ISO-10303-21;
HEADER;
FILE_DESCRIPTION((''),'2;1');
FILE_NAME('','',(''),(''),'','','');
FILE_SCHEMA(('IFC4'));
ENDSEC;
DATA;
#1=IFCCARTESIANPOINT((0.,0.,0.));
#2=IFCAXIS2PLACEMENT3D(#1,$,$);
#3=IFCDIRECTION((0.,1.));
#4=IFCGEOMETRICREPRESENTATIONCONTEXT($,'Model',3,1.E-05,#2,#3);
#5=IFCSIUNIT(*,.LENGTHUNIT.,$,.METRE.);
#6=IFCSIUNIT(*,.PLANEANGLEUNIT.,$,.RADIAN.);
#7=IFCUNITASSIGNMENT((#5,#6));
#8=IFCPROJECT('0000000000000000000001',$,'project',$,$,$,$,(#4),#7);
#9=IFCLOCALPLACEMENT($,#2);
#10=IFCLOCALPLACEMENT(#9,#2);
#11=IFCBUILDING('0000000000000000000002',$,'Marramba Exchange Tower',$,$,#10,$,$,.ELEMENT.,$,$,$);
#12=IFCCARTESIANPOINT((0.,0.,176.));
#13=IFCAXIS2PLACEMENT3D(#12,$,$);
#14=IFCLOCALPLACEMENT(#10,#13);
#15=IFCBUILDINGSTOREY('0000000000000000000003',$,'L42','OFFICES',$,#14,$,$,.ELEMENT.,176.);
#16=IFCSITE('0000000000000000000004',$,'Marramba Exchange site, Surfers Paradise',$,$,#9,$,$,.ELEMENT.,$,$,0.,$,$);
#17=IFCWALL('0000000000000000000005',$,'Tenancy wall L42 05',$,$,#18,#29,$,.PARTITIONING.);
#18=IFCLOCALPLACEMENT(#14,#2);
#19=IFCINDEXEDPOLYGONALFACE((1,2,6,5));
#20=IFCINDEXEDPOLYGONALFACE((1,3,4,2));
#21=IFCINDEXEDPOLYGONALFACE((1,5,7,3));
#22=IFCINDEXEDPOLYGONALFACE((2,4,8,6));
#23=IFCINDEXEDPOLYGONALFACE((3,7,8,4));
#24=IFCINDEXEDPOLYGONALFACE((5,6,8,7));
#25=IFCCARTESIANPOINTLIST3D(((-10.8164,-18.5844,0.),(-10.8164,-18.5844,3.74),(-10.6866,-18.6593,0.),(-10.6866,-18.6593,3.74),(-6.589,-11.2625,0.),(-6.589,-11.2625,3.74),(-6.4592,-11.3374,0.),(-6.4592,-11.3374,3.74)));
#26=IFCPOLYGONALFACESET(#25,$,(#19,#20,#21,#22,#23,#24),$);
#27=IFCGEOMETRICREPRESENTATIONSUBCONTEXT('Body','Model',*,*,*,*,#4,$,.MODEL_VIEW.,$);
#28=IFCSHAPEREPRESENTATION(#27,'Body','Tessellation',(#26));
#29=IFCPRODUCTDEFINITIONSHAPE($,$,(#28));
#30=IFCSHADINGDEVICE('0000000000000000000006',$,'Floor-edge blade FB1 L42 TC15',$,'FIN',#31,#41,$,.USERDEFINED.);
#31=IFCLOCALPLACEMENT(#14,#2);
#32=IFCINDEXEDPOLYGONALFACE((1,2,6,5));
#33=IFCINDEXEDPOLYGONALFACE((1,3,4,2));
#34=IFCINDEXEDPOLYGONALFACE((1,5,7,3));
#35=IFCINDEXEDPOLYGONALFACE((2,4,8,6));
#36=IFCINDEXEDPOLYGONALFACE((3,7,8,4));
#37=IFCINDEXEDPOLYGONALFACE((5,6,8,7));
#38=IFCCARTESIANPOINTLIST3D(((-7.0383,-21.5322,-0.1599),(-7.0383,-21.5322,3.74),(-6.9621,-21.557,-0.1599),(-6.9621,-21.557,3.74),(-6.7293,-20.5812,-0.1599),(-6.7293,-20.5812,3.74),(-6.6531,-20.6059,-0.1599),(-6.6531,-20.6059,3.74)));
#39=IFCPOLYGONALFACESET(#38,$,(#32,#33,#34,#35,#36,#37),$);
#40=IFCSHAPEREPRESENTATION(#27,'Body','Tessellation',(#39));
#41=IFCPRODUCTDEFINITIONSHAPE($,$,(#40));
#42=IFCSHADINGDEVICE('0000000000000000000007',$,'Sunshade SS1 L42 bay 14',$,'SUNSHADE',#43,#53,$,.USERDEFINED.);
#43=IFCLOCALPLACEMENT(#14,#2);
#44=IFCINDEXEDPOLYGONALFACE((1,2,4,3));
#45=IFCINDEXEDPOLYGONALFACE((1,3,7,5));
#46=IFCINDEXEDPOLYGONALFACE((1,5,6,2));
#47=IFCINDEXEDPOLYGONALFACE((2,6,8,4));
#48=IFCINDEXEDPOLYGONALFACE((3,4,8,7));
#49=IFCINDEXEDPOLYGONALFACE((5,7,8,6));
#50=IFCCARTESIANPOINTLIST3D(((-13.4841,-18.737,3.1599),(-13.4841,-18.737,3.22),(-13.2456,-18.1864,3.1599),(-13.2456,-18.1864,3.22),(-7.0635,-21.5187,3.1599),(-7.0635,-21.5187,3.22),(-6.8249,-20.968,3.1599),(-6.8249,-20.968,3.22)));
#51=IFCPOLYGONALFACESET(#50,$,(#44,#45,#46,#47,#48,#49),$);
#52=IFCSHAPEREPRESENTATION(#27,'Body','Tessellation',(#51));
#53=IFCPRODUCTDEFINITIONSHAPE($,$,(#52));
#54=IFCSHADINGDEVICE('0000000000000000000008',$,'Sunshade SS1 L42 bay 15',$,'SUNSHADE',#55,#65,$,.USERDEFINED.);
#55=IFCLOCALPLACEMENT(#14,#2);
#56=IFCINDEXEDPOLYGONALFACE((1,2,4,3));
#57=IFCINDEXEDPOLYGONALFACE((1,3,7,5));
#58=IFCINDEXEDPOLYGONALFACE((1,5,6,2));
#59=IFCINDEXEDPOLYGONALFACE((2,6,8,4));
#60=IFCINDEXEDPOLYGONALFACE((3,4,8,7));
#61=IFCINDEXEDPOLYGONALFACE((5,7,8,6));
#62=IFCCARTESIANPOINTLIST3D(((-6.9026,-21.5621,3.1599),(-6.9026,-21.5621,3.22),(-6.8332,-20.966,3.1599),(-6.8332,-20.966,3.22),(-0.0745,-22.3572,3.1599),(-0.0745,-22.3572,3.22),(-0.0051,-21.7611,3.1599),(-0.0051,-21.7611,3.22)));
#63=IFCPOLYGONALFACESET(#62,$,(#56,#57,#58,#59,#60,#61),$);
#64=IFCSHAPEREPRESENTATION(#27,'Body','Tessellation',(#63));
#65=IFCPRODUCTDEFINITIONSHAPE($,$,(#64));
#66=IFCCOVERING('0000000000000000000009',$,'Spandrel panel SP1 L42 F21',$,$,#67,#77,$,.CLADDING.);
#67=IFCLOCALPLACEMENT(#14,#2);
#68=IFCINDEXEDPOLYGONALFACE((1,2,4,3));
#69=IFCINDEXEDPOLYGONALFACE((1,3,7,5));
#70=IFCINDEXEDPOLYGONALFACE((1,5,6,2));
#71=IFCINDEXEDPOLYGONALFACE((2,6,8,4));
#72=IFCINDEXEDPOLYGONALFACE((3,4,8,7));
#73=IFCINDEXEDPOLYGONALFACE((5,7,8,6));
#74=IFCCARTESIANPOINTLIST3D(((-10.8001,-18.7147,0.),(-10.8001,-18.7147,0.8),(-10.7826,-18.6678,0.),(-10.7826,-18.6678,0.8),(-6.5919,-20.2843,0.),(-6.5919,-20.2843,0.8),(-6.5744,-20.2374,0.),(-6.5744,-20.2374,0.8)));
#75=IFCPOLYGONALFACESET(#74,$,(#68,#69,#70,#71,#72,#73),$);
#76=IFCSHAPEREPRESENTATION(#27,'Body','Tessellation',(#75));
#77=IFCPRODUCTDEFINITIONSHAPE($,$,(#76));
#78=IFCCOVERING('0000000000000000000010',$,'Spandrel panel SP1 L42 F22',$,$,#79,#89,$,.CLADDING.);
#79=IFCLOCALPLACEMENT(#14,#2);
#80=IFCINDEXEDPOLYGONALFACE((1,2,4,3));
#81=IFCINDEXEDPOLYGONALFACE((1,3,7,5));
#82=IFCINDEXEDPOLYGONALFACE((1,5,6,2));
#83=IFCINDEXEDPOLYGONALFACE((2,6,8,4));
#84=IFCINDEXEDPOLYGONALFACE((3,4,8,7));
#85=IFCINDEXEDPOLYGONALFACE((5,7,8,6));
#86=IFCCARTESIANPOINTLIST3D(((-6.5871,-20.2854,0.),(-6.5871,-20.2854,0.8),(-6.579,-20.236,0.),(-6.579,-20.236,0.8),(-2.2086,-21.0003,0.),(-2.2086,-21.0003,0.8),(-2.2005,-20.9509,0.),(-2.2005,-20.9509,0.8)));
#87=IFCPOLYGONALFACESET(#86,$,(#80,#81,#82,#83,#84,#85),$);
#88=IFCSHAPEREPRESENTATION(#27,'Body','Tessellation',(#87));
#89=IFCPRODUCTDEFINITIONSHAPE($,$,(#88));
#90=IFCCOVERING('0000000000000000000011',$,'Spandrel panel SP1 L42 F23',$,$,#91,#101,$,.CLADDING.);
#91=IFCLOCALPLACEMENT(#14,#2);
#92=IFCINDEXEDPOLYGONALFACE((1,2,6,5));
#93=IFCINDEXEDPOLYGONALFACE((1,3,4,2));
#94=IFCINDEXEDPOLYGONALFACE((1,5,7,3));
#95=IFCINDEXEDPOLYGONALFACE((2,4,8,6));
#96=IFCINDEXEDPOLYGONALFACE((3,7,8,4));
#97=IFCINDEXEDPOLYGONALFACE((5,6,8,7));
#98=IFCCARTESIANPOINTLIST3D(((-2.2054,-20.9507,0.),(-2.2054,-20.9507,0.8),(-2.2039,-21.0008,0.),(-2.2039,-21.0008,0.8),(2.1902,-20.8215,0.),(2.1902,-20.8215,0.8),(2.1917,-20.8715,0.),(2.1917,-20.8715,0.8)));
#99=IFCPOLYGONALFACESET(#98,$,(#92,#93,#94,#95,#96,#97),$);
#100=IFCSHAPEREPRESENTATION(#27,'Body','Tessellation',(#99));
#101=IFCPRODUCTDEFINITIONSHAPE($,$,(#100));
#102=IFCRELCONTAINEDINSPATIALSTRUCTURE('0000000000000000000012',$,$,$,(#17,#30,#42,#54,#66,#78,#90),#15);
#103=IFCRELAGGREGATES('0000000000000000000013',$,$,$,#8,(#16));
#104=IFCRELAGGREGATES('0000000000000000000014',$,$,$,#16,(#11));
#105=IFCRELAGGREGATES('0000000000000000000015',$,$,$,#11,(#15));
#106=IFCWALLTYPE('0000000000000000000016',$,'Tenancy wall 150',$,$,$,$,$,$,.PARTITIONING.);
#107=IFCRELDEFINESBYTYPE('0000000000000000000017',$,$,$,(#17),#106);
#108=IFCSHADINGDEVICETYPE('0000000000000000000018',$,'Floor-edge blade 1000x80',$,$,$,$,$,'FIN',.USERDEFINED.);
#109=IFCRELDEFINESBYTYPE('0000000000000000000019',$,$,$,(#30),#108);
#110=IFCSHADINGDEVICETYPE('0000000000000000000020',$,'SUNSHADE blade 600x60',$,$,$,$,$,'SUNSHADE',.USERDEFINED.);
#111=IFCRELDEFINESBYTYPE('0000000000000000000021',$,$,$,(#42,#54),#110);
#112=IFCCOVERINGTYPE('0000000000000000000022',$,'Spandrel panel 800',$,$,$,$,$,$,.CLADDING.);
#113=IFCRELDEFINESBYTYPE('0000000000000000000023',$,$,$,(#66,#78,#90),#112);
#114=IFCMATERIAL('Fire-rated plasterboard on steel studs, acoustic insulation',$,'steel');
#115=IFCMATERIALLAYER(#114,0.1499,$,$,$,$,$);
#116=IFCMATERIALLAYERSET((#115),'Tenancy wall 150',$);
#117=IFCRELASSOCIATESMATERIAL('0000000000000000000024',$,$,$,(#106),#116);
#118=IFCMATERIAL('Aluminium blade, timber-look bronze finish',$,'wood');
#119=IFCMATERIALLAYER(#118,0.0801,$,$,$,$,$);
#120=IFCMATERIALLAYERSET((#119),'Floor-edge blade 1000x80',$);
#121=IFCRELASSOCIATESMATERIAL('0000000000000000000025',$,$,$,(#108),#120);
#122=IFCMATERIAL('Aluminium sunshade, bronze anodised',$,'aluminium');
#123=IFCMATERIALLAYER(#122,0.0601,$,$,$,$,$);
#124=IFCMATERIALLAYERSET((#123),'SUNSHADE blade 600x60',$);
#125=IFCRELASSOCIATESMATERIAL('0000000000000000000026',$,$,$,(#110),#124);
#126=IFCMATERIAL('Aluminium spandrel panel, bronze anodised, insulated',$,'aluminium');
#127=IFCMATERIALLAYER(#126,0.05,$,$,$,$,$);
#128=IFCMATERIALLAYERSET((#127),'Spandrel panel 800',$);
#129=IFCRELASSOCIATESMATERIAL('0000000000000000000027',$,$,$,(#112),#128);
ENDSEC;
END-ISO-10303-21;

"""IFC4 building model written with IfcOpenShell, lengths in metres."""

from ifc_helpers import new_model, si_unit, direction, frame, frame_2d, origin, origin_2d, place, context, subcontext, project, spatial, rectangle, extrude, material, layer, layer_set, type_object, element, save


model = new_model("IFC4")

# Units and contexts
model_context = context("Model", 3, precision=1e-05, world=origin(), true_north=direction((0.0, 1.0)))
body_context = subcontext(model_context, "Body", "Model", "MODEL_VIEW")
ifc_project = project(units=[si_unit("LENGTHUNIT", "METRE"), si_unit("PLANEANGLEUNIT", "RADIAN")], contexts=[model_context])

# Site, building, storey
site_placement = place(None, origin())
site = spatial("IfcSite", under=ifc_project, at=site_placement, Name="Marramba Exchange site, Surfers Paradise", CompositionType="ELEMENT", RefElevation=0.0)
building_placement = place(site_placement, origin())
building = spatial("IfcBuilding", under=site, at=building_placement, Name="Marramba Exchange Tower", CompositionType="ELEMENT")
storey_placement = place(building_placement, frame((0.0, 0.0, 176.0)))
storey = spatial("IfcBuildingStorey", under=building, at=storey_placement, Name="L42", Description="OFFICES", CompositionType="ELEMENT", Elevation=176.0)

# Wall
ifc_material_1 = material(Name="Fire-rated plasterboard on steel studs, acoustic insulation", Category="steel")
ifc_layer_1 = layer(ifc_material_1, 0.1499)
ifc_layer_set_1 = layer_set([ifc_layer_1], Name="Tenancy wall 150")
wall_type = type_object("IfcWallType", Name="Tenancy wall 150", PredefinedType="PARTITIONING", material=ifc_layer_set_1)
wall_placement = place(storey_placement, frame((-10.7515, -18.6218, 0.0), z_axis=(0.0, 0.0, 1.0), x_axis=(0.500006, 0.866022, 0.0)))
element("IfcWall", 1, at=wall_placement, inside=storey, type_object=wall_type, Name="Tenancy wall L42 05", PredefinedType="PARTITIONING", context=body_context, shape_type="SweptSolid", body=[
    extrude(rectangle(XDim=8.4546, YDim=0.1499, at=frame_2d((4.2273, 0.0))), origin(), (0.0, 0.0, 1.0), 3.74),
])

# Shading devices
ifc_material_2 = material(Name="Aluminium blade, timber-look bronze finish", Category="wood")
ifc_layer_2 = layer(ifc_material_2, 0.0801)
ifc_layer_set_2 = layer_set([ifc_layer_2], Name="Floor-edge blade 1000x80")
shading_device_type_1 = type_object("IfcShadingDeviceType", Name="Floor-edge blade 1000x80", ElementType="FIN", PredefinedType="USERDEFINED", material=ifc_layer_set_2)
shading_device_1_placement = place(storey_placement, frame((-6.8457, -21.0691, -0.1599), z_axis=(0.0, 0.0, 1.0), x_axis=(-0.309017, -0.951057, 0.0)))
element("IfcShadingDevice", 2, at=shading_device_1_placement, inside=storey, type_object=shading_device_type_1, Name="Floor-edge blade FB1 L42 TC15", ObjectType="FIN", PredefinedType="USERDEFINED", context=body_context, shape_type="SweptSolid", body=[
    extrude(rectangle(XDim=1.0, YDim=0.0801, at=origin_2d()), origin(), (0.0, 0.0, 1.0), 3.8999),
])
ifc_material_3 = material(Name="Aluminium sunshade, bronze anodised", Category="aluminium")
ifc_layer_3 = layer(ifc_material_3, 0.0601)
ifc_layer_set_3 = layer_set([ifc_layer_3], Name="SUNSHADE blade 600x60")
shading_device_type_2 = type_object("IfcShadingDeviceType", Name="SUNSHADE blade 600x60", ElementType="SUNSHADE", PredefinedType="USERDEFINED", material=ifc_layer_set_3)
shading_device_2_placement = place(storey_placement, frame((-10.1545, -19.8525, 3.1599), z_axis=(0.0, 0.0, 1.0), x_axis=(0.917589, -0.39753, 0.0)))
element("IfcShadingDevice", 3, at=shading_device_2_placement, inside=storey, type_object=shading_device_type_2, Name="Sunshade SS1 L42 bay 14", ObjectType="SUNSHADE", PredefinedType="USERDEFINED", context=body_context, shape_type="SweptSolid", body=[
    extrude(rectangle(XDim=6.9973, YDim=0.6001, at=origin_2d()), origin(), (0.0, 0.0, 1.0), 0.0601),
])
shading_device_3_placement = place(storey_placement, frame((-3.4539, -21.6616, 3.1599), z_axis=(0.0, 0.0, 1.0), x_axis=(0.993288, -0.115665, 0.0)))
element("IfcShadingDevice", 4, at=shading_device_3_placement, inside=storey, type_object=shading_device_type_2, Name="Sunshade SS1 L42 bay 15", ObjectType="SUNSHADE", PredefinedType="USERDEFINED", context=body_context, shape_type="SweptSolid", body=[
    extrude(rectangle(XDim=6.8743, YDim=0.6001, at=origin_2d()), origin(), (0.0, 0.0, 1.0), 0.0601),
])

# Coverings
ifc_material_4 = material(Name="Aluminium spandrel panel, bronze anodised, insulated", Category="aluminium")
ifc_layer_4 = layer(ifc_material_4, 0.05)
ifc_layer_set_4 = layer_set([ifc_layer_4], Name="Spandrel panel 800")
covering_type = type_object("IfcCoveringType", Name="Spandrel panel 800", PredefinedType="CLADDING", material=ifc_layer_set_4)
covering_1_placement = place(storey_placement, frame((-8.6873, -19.4761, 0.0), z_axis=(0.0, 0.0, 1.0), x_axis=(0.936952, -0.349459, 0.0)))
element("IfcCovering", 5, at=covering_1_placement, inside=storey, type_object=covering_type, Name="Spandrel panel SP1 L42 F21", PredefinedType="CLADDING", context=body_context, shape_type="SweptSolid", body=[
    extrude(rectangle(XDim=4.4915, YDim=0.05, at=origin_2d()), origin(), (0.0, 0.0, 1.0), 0.8),
])
covering_2_placement = place(storey_placement, frame((-4.3938, -20.6182, 0.0), z_axis=(0.0, 0.0, 1.0), x_axis=(0.986931, -0.161146, 0.0)))
element("IfcCovering", 6, at=covering_2_placement, inside=storey, type_object=covering_type, Name="Spandrel panel SP1 L42 F22", PredefinedType="CLADDING", context=body_context, shape_type="SweptSolid", body=[
    extrude(rectangle(XDim=4.4365, YDim=0.05, at=origin_2d()), origin(), (0.0, 0.0, 1.0), 0.8),
])
covering_3_placement = place(storey_placement, frame((-0.0068, -20.9111, 0.0), z_axis=(0.0, 0.0, 1.0), x_axis=(0.999568, 0.029393, 0.0)))
element("IfcCovering", 7, at=covering_3_placement, inside=storey, type_object=covering_type, Name="Spandrel panel SP1 L42 F23", PredefinedType="CLADDING", context=body_context, shape_type="SweptSolid", body=[
    extrude(rectangle(XDim=4.3975, YDim=0.05, at=origin_2d()), origin(), (0.0, 0.0, 1.0), 0.8),
])

save(model, "model.ifc")
